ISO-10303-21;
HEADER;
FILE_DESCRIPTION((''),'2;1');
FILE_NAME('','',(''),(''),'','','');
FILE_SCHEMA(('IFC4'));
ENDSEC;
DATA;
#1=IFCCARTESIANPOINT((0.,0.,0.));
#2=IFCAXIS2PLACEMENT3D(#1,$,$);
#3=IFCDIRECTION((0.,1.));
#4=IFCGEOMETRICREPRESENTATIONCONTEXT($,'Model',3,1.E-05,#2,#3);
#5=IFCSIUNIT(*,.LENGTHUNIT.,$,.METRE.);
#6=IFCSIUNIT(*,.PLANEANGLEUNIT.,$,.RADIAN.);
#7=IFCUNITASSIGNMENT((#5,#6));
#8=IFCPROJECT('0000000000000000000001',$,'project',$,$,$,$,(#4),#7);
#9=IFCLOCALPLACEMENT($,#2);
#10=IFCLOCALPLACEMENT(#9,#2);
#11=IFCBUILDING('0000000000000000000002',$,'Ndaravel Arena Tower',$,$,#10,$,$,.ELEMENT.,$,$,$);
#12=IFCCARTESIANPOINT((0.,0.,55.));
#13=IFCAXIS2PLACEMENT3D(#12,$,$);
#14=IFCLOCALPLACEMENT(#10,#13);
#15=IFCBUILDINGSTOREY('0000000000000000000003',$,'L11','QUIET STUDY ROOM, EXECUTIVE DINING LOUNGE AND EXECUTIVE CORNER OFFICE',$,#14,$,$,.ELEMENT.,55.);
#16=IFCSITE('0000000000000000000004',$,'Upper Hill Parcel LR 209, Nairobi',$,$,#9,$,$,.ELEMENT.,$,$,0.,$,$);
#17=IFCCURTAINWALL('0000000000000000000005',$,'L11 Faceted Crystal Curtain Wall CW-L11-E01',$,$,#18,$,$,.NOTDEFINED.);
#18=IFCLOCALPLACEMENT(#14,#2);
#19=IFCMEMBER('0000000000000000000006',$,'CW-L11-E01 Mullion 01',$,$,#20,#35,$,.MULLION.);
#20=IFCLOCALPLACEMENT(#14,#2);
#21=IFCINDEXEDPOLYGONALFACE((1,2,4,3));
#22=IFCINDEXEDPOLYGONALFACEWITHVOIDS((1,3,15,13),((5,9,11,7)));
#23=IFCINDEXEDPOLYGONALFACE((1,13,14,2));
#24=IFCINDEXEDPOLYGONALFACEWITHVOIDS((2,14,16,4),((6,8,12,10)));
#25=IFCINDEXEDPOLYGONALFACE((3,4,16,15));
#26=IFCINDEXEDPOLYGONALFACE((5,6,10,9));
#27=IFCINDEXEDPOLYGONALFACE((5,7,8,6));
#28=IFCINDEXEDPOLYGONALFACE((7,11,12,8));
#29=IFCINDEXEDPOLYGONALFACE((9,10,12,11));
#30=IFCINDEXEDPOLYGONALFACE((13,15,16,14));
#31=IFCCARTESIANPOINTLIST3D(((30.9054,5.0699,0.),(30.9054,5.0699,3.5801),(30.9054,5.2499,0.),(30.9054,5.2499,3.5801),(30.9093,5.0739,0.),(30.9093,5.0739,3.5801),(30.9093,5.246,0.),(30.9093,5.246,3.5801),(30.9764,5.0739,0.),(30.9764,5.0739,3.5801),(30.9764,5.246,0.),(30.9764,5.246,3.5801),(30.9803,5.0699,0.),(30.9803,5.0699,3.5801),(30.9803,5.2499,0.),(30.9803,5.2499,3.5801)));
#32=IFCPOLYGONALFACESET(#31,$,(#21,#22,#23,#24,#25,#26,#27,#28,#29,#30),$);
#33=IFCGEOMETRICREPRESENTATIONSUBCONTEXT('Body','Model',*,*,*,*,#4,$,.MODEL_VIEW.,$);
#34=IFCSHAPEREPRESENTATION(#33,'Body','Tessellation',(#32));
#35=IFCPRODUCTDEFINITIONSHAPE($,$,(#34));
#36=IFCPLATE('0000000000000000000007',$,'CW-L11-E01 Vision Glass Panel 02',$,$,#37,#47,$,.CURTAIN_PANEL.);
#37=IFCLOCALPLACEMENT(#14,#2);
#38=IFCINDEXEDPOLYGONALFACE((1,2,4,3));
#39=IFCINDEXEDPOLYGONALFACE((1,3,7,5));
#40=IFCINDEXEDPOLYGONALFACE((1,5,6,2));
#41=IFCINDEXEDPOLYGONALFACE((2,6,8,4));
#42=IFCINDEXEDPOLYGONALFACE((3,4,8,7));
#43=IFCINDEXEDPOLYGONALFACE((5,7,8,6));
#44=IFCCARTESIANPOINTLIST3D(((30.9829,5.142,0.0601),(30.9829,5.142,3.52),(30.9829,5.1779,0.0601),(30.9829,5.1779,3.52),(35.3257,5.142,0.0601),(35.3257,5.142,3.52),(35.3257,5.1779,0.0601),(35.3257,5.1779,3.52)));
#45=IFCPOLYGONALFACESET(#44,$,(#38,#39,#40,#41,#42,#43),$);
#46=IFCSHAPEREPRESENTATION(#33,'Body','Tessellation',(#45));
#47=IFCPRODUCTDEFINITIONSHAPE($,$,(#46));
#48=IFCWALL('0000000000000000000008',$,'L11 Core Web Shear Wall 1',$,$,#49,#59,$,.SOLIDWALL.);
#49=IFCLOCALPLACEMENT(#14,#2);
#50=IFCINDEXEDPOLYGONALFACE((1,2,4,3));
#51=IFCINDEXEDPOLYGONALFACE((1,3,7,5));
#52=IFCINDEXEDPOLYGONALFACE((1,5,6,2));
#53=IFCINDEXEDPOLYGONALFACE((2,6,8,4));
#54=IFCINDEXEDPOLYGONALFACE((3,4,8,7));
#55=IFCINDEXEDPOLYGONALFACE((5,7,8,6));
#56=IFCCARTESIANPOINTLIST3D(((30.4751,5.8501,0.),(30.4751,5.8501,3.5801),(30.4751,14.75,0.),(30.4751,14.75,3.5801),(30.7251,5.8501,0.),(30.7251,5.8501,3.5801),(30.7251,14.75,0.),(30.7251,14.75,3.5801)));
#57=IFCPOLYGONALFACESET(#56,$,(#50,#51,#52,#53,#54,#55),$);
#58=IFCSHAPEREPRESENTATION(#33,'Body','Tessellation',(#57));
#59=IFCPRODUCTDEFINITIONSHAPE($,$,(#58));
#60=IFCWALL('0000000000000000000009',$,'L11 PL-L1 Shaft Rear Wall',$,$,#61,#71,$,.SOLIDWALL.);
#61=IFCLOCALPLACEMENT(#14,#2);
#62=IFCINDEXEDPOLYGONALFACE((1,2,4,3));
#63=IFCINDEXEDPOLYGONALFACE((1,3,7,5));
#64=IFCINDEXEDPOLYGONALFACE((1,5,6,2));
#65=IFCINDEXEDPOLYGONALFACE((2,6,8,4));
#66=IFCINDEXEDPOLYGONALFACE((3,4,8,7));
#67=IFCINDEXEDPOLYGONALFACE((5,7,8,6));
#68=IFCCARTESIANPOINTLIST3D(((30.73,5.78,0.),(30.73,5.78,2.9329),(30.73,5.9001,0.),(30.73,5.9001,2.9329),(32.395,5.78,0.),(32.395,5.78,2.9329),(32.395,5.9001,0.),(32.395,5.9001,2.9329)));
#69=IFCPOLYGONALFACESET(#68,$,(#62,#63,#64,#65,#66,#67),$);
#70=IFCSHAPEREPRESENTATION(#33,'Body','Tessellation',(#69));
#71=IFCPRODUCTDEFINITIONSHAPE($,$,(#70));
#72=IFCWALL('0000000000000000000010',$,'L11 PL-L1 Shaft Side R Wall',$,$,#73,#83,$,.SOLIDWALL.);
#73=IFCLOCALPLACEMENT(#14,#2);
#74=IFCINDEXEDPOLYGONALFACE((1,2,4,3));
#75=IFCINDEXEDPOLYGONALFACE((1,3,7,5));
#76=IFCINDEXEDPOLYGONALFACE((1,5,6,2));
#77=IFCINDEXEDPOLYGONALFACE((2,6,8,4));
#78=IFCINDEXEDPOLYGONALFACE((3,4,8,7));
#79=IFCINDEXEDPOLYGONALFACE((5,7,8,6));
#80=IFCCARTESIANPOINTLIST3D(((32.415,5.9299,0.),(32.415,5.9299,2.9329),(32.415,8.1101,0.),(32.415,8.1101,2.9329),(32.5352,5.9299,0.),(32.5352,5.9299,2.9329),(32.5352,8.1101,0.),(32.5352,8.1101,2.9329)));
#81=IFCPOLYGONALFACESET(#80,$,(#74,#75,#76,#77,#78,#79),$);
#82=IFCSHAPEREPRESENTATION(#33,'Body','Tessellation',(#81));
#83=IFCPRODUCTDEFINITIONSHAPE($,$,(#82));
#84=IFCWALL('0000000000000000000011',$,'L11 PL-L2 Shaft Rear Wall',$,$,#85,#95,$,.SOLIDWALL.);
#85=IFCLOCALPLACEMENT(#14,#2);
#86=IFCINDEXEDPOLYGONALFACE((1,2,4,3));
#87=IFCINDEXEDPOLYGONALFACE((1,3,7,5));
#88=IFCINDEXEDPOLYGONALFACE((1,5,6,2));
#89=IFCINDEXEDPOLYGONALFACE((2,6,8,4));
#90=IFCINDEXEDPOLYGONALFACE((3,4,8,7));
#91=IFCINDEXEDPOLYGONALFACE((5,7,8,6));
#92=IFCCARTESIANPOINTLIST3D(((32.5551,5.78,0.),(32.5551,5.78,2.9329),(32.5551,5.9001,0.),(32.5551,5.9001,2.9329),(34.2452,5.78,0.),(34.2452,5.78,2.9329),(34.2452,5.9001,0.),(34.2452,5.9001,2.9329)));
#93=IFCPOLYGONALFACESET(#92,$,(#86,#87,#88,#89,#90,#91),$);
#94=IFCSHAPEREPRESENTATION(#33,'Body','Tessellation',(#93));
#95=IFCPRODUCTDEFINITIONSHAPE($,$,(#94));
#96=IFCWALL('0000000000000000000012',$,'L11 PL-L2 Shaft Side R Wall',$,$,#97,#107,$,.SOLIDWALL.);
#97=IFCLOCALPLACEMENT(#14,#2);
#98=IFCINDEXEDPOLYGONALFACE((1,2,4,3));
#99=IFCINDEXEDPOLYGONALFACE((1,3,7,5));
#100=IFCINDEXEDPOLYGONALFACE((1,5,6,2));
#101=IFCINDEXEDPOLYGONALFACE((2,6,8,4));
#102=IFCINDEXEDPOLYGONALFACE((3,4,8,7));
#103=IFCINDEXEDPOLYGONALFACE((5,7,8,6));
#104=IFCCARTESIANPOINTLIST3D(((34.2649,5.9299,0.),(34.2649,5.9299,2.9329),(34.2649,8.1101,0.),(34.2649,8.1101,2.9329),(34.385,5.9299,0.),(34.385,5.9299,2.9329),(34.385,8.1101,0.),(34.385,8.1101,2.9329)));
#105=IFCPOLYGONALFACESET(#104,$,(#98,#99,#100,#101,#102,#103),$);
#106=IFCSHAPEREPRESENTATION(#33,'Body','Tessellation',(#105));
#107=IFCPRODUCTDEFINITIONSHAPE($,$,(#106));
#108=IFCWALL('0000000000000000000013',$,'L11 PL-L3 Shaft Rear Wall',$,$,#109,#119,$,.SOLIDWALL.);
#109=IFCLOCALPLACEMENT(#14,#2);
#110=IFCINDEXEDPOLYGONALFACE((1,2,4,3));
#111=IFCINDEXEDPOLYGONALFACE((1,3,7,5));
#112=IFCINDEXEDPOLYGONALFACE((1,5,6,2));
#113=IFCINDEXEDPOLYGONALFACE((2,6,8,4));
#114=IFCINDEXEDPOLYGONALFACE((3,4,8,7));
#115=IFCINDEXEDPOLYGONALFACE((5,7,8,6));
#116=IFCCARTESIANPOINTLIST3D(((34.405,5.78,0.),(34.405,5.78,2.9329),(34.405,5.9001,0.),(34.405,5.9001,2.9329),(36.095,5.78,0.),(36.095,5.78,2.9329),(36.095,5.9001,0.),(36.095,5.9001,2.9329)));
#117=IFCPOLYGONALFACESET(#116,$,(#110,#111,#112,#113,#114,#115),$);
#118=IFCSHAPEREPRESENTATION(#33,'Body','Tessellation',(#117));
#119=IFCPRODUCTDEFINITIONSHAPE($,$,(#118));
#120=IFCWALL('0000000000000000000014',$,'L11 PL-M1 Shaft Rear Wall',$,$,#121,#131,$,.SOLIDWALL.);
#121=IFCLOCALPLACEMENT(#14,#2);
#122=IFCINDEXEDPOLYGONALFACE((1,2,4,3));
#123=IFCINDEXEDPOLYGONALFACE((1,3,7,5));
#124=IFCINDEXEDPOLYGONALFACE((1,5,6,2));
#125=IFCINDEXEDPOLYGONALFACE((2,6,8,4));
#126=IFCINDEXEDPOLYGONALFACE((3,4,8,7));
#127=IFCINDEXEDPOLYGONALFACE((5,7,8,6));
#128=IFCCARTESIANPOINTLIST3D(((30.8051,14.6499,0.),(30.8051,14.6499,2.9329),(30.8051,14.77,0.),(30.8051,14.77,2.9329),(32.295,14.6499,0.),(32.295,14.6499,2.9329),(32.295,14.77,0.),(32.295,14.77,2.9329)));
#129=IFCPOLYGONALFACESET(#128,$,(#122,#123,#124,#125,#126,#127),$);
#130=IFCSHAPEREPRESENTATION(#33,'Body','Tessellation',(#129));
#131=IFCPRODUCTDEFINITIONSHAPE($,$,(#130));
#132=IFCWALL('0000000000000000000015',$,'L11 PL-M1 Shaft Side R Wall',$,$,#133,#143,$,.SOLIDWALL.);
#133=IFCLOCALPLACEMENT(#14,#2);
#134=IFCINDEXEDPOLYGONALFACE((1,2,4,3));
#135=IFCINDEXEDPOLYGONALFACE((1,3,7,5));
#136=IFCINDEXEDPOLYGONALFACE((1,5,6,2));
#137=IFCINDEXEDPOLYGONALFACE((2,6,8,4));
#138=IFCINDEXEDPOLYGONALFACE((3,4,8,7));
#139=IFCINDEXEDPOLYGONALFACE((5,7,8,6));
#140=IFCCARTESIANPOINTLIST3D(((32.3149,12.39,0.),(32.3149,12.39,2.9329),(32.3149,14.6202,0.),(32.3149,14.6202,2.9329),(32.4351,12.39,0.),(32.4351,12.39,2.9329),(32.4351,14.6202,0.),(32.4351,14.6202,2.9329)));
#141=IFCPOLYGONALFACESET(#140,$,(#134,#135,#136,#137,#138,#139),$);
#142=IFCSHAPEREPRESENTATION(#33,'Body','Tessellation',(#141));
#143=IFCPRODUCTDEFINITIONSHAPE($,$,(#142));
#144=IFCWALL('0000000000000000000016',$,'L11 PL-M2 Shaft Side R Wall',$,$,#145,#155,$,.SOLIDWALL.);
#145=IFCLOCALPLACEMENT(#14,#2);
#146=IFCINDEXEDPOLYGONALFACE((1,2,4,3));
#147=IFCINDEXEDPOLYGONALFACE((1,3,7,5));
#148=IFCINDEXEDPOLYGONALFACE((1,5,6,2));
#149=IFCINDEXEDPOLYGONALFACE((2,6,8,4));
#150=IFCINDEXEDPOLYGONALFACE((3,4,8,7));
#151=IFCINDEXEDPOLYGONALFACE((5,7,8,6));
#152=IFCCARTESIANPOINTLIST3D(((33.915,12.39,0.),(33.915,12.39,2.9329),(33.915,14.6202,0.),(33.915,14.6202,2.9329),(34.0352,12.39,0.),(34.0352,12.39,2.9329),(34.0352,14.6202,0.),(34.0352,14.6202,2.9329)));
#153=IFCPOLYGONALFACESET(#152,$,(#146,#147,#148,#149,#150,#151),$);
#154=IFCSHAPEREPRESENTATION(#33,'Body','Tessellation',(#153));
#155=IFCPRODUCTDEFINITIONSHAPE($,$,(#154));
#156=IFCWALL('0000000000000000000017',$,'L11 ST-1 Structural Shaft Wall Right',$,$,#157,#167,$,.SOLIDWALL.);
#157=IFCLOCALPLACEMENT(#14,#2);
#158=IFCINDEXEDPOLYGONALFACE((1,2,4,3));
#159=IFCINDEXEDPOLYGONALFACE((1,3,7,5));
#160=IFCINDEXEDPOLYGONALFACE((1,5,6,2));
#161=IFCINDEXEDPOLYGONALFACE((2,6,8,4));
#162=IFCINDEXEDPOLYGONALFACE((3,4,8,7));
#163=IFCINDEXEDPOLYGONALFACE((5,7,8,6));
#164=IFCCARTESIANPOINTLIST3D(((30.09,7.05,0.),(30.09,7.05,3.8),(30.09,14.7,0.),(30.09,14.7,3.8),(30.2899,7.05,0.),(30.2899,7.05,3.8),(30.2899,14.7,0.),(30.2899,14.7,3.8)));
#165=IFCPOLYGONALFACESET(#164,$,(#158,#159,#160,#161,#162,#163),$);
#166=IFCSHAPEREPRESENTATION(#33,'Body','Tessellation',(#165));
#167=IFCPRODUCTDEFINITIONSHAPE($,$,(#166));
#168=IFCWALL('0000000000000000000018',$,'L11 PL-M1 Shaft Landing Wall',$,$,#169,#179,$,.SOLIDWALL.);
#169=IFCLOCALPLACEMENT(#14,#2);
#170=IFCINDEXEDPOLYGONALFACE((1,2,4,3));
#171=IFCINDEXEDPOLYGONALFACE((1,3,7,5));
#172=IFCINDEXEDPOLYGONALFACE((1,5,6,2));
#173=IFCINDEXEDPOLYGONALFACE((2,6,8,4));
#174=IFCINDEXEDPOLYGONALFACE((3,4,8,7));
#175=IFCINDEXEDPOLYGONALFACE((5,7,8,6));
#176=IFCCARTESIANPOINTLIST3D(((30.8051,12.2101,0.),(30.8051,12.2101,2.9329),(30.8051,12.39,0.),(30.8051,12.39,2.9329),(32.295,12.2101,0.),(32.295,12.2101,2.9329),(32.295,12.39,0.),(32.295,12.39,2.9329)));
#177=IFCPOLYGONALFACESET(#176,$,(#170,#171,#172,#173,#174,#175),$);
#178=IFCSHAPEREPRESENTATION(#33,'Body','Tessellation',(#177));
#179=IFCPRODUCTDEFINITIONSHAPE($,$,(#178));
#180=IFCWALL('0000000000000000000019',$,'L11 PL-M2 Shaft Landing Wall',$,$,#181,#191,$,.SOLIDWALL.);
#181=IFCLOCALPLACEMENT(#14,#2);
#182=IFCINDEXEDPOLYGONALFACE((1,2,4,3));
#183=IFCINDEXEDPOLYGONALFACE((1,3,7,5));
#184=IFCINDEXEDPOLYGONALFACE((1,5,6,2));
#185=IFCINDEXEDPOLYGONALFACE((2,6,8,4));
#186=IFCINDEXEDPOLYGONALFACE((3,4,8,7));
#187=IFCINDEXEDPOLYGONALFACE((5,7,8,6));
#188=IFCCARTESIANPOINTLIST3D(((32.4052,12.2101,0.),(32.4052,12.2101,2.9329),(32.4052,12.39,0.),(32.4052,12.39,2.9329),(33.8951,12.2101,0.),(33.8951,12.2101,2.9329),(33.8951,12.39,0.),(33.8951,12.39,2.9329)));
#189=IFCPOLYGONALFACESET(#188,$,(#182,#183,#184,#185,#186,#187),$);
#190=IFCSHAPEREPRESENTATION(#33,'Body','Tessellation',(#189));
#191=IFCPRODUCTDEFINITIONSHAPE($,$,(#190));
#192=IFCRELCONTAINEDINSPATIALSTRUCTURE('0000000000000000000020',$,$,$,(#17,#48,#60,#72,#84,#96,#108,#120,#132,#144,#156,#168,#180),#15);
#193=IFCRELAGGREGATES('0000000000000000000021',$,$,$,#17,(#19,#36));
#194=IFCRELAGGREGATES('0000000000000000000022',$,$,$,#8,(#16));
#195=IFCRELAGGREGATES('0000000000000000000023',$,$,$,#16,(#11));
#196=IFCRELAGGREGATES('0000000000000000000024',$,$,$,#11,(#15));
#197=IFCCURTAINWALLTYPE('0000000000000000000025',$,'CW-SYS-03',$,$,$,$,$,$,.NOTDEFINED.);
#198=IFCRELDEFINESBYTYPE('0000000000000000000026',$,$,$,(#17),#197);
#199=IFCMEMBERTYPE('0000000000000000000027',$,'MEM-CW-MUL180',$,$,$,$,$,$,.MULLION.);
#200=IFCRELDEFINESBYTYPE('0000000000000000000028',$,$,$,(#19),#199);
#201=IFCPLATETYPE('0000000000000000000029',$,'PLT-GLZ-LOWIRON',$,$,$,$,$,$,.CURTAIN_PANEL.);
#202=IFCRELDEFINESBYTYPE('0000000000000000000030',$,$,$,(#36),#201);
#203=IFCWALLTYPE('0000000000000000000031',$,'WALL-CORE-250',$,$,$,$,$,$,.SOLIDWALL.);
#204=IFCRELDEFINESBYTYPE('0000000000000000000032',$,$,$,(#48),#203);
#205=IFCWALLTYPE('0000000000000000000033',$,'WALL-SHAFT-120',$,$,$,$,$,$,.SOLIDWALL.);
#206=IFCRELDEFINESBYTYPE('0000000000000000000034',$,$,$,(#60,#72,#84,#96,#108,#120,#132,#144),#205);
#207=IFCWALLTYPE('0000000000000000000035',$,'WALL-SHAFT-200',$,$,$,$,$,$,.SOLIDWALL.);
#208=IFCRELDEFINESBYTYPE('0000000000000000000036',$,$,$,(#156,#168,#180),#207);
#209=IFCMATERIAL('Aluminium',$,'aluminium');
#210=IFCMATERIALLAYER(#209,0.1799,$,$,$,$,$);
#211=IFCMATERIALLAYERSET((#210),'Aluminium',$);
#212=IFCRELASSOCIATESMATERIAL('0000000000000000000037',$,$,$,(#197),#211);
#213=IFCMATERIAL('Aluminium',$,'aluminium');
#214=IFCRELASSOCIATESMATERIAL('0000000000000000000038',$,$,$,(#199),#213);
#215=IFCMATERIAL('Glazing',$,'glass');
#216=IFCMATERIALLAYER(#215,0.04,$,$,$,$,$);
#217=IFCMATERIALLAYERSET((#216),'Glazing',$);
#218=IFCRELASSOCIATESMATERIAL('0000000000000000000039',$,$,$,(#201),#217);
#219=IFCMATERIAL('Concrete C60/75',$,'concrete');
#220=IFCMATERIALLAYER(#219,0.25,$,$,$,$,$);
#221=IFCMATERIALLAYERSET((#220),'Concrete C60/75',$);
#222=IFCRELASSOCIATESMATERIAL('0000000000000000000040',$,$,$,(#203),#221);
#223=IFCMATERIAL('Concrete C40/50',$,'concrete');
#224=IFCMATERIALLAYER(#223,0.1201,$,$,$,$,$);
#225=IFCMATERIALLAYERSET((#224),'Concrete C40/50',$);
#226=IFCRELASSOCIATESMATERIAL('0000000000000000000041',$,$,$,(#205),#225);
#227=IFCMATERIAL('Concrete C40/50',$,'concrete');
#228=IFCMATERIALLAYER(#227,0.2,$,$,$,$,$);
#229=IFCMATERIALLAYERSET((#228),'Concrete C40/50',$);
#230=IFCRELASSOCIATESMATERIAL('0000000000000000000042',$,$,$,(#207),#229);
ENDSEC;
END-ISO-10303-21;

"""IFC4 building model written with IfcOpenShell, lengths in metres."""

from ifc_helpers import new_model, si_unit, direction, frame, frame_2d, origin, origin_2d, place, context, subcontext, project, spatial, rectangle, hollow_rectangle, extrude, material, layer, layer_set, material_profile, profile_set, type_object, element, aggregate, save


model = new_model("IFC4")

# Units and contexts
model_context = context("Model", 3, precision=1e-05, world=origin(), true_north=direction((0.0, 1.0)))
body_context = subcontext(model_context, "Body", "Model", "MODEL_VIEW")
ifc_project = project(units=[si_unit("LENGTHUNIT", "METRE"), si_unit("PLANEANGLEUNIT", "RADIAN")], contexts=[model_context])

# Site, building, storey
site_placement = place(None, origin())
site = spatial("IfcSite", under=ifc_project, at=site_placement, Name="Upper Hill Parcel LR 209, Nairobi", CompositionType="ELEMENT", RefElevation=0.0)
building_placement = place(site_placement, origin())
building = spatial("IfcBuilding", under=site, at=building_placement, Name="Ndaravel Arena Tower", CompositionType="ELEMENT")
storey_placement = place(building_placement, frame((0.0, 0.0, 55.0)))
storey = spatial("IfcBuildingStorey", under=building, at=storey_placement, Name="L11", Description="QUIET STUDY ROOM, EXECUTIVE DINING LOUNGE AND EXECUTIVE CORNER OFFICE", CompositionType="ELEMENT", Elevation=55.0)

# Curtain wall, member, plate
ifc_material_1 = material(Name="Aluminium", Category="aluminium")
ifc_layer_1 = layer(ifc_material_1, 0.1799)
ifc_layer_set_1 = layer_set([ifc_layer_1], Name="Aluminium")
curtain_wall_type = type_object("IfcCurtainWallType", Name="CW-SYS-03", PredefinedType="NOTDEFINED", material=ifc_layer_set_1)
curtain_wall_placement = place(storey_placement, origin())
curtain_wall = element("IfcCurtainWall", 1, at=curtain_wall_placement, inside=storey, type_object=curtain_wall_type, Name="L11 Faceted Crystal Curtain Wall CW-L11-E01", PredefinedType="NOTDEFINED")
ifc_material_2 = material(Name="Aluminium", Category="aluminium")
ifc_material_profile = material_profile(ifc_material_2, hollow_rectangle(XDim=0.075, YDim=0.1799, WallThickness=0.0039, at=origin_2d()), Name="CW MULLION 75x180x4")
ifc_profile_set = profile_set([ifc_material_profile], Name="Aluminium")
member_type = type_object("IfcMemberType", Name="MEM-CW-MUL180", PredefinedType="MULLION", material=ifc_profile_set)
member_placement = place(storey_placement, frame((30.9429, 5.1599, 0.0), z_axis=(0.0, 0.0, 1.0), x_axis=(1.0, 0.0, 0.0)))
member = element("IfcMember", 2, at=member_placement, type_object=member_type, Name="CW-L11-E01 Mullion 01", PredefinedType="MULLION", context=body_context, shape_type="SweptSolid", body=[
    extrude(hollow_rectangle(XDim=0.075, YDim=0.1799, WallThickness=0.0039, at=origin_2d()), origin(), (0.0, 0.0, 1.0), 3.5801),
])
ifc_material_3 = material(Name="Glazing", Category="glass")
ifc_layer_2 = layer(ifc_material_3, 0.04)
ifc_layer_set_2 = layer_set([ifc_layer_2], Name="Glazing")
plate_type = type_object("IfcPlateType", Name="PLT-GLZ-LOWIRON", PredefinedType="CURTAIN_PANEL", material=ifc_layer_set_2)
plate_placement = place(storey_placement, frame((33.1543, 5.1599, 0.0601), z_axis=(0.0, 0.0, 1.0), x_axis=(1.0, 0.0, 0.0)))
plate = element("IfcPlate", 3, at=plate_placement, type_object=plate_type, Name="CW-L11-E01 Vision Glass Panel 02", PredefinedType="CURTAIN_PANEL", context=body_context, shape_type="SweptSolid", body=[
    extrude(rectangle(XDim=4.3428, YDim=0.0359, at=origin_2d()), origin(), (0.0, 0.0, 1.0), 3.46),
])
aggregate(curtain_wall, [member, plate])

# Walls
ifc_material_4 = material(Name="Concrete C60/75", Category="concrete")
ifc_layer_3 = layer(ifc_material_4, 0.25)
ifc_layer_set_3 = layer_set([ifc_layer_3], Name="Concrete C60/75")
wall_type_1 = type_object("IfcWallType", Name="WALL-CORE-250", PredefinedType="SOLIDWALL", material=ifc_layer_set_3)
wall_1_placement = place(storey_placement, frame((30.6001, 5.8501, 0.0), z_axis=(0.0, 0.0, 1.0), x_axis=(0.0, 1.0, 0.0)))
element("IfcWall", 4, at=wall_1_placement, inside=storey, type_object=wall_type_1, Name="L11 Core Web Shear Wall 1", PredefinedType="SOLIDWALL", context=body_context, shape_type="SweptSolid", body=[
    extrude(rectangle(XDim=8.8999, YDim=0.25, at=frame_2d((4.45, 0.0))), origin(), (0.0, 0.0, 1.0), 3.5801),
])
ifc_material_5 = material(Name="Concrete C40/50", Category="concrete")
ifc_layer_4 = layer(ifc_material_5, 0.1201)
ifc_layer_set_4 = layer_set([ifc_layer_4], Name="Concrete C40/50")
wall_type_2 = type_object("IfcWallType", Name="WALL-SHAFT-120", PredefinedType="SOLIDWALL", material=ifc_layer_set_4)
wall_2_placement = place(storey_placement, frame((30.73, 5.8401, 0.0), z_axis=(0.0, 0.0, 1.0), x_axis=(1.0, 0.0, 0.0)))
element("IfcWall", 5, at=wall_2_placement, inside=storey, type_object=wall_type_2, Name="L11 PL-L1 Shaft Rear Wall", PredefinedType="SOLIDWALL", context=body_context, shape_type="SweptSolid", body=[
    extrude(rectangle(XDim=1.665, YDim=0.1201, at=frame_2d((0.8325, 0.0))), origin(), (0.0, 0.0, 1.0), 2.9329),
])
wall_3_placement = place(storey_placement, frame((32.4751, 5.9299, 0.0), z_axis=(0.0, 0.0, 1.0), x_axis=(0.0, 1.0, 0.0)))
element("IfcWall", 6, at=wall_3_placement, inside=storey, type_object=wall_type_2, Name="L11 PL-L1 Shaft Side R Wall", PredefinedType="SOLIDWALL", context=body_context, shape_type="SweptSolid", body=[
    extrude(rectangle(XDim=2.1802, YDim=0.1201, at=frame_2d((1.0901, 0.0))), origin(), (0.0, 0.0, 1.0), 2.9329),
])
wall_4_placement = place(storey_placement, frame((32.5549, 5.8401, 0.0), z_axis=(0.0, 0.0, 1.0), x_axis=(1.0, 0.0, 0.0)))
element("IfcWall", 7, at=wall_4_placement, inside=storey, type_object=wall_type_2, Name="L11 PL-L2 Shaft Rear Wall", PredefinedType="SOLIDWALL", context=body_context, shape_type="SweptSolid", body=[
    extrude(rectangle(XDim=1.6902, YDim=0.1201, at=frame_2d((0.8452, 0.0))), origin(), (0.0, 0.0, 1.0), 2.9329),
])
wall_5_placement = place(storey_placement, frame((34.325, 5.9299, 0.0), z_axis=(0.0, 0.0, 1.0), x_axis=(0.0, 1.0, 0.0)))
element("IfcWall", 8, at=wall_5_placement, inside=storey, type_object=wall_type_2, Name="L11 PL-L2 Shaft Side R Wall", PredefinedType="SOLIDWALL", context=body_context, shape_type="SweptSolid", body=[
    extrude(rectangle(XDim=2.1802, YDim=0.1201, at=frame_2d((1.0901, 0.0))), origin(), (0.0, 0.0, 1.0), 2.9329),
])
wall_6_placement = place(storey_placement, frame((34.405, 5.8401, 0.0), z_axis=(0.0, 0.0, 1.0), x_axis=(1.0, 0.0, 0.0)))
element("IfcWall", 9, at=wall_6_placement, inside=storey, type_object=wall_type_2, Name="L11 PL-L3 Shaft Rear Wall", PredefinedType="SOLIDWALL", context=body_context, shape_type="SweptSolid", body=[
    extrude(rectangle(XDim=1.6899, YDim=0.1201, at=frame_2d((0.845, 0.0))), origin(), (0.0, 0.0, 1.0), 2.9329),
])
wall_7_placement = place(storey_placement, frame((30.8049, 14.71, 0.0), z_axis=(0.0, 0.0, 1.0), x_axis=(1.0, 0.0, 0.0)))
element("IfcWall", 10, at=wall_7_placement, inside=storey, type_object=wall_type_2, Name="L11 PL-M1 Shaft Rear Wall", PredefinedType="SOLIDWALL", context=body_context, shape_type="SweptSolid", body=[
    extrude(rectangle(XDim=1.49, YDim=0.1201, at=frame_2d((0.7451, 0.0))), origin(), (0.0, 0.0, 1.0), 2.9329),
])
for number, where, z_axis, x_axis, name in (
    (11, (32.375, 12.3899, 0.0), (0.0, 0.0, 1.0), (0.0, 1.0, 0.0), "L11 PL-M1 Shaft Side R Wall"),
    (12, (33.9751, 12.3899, 0.0), (0.0, 0.0, 1.0), (0.0, 1.0, 0.0), "L11 PL-M2 Shaft Side R Wall"),
):
    element("IfcWall", number, at=place(storey_placement, frame(where, z_axis=z_axis, x_axis=x_axis)), inside=storey, type_object=wall_type_2, Name=name, PredefinedType="SOLIDWALL", context=body_context, shape_type="SweptSolid", body=[
        extrude(rectangle(XDim=2.2302, YDim=0.1201, at=frame_2d((1.1152, 0.0))), origin(), (0.0, 0.0, 1.0), 2.9329),
    ])
ifc_material_6 = material(Name="Concrete C40/50", Category="concrete")
ifc_layer_5 = layer(ifc_material_6, 0.2)
ifc_layer_set_5 = layer_set([ifc_layer_5], Name="Concrete C40/50")
wall_type_3 = type_object("IfcWallType", Name="WALL-SHAFT-200", PredefinedType="SOLIDWALL", material=ifc_layer_set_5)
wall_8_placement = place(storey_placement, frame((30.1899, 14.7, 0.0), z_axis=(0.0, 0.0, 1.0), x_axis=(0.0, -1.0, 0.0)))
element("IfcWall", 13, at=wall_8_placement, inside=storey, type_object=wall_type_3, Name="L11 ST-1 Structural Shaft Wall Right", PredefinedType="SOLIDWALL", context=body_context, shape_type="SweptSolid", body=[
    extrude(rectangle(XDim=7.6499, YDim=0.2, at=frame_2d((3.825, 0.0))), origin(), (0.0, 0.0, 1.0), 3.8),
])

# Walls
for number, where, z_axis, x_axis, name in (
    (14, (30.8049, 12.3, 0.0), (0.0, 0.0, 1.0), (1.0, 0.0, 0.0), "L11 PL-M1 Shaft Landing Wall"),
    (15, (32.405, 12.3, 0.0), (0.0, 0.0, 1.0), (1.0, 0.0, 0.0), "L11 PL-M2 Shaft Landing Wall"),
):
    element("IfcWall", number, at=place(storey_placement, frame(where, z_axis=z_axis, x_axis=x_axis)), inside=storey, type_object=wall_type_3, Name=name, PredefinedType="SOLIDWALL", context=body_context, shape_type="SweptSolid", body=[
        extrude(rectangle(XDim=1.49, YDim=0.1799, at=frame_2d((0.7451, 0.0))), origin(), (0.0, 0.0, 1.0), 2.9329),
    ])

save(model, "model.ifc")
